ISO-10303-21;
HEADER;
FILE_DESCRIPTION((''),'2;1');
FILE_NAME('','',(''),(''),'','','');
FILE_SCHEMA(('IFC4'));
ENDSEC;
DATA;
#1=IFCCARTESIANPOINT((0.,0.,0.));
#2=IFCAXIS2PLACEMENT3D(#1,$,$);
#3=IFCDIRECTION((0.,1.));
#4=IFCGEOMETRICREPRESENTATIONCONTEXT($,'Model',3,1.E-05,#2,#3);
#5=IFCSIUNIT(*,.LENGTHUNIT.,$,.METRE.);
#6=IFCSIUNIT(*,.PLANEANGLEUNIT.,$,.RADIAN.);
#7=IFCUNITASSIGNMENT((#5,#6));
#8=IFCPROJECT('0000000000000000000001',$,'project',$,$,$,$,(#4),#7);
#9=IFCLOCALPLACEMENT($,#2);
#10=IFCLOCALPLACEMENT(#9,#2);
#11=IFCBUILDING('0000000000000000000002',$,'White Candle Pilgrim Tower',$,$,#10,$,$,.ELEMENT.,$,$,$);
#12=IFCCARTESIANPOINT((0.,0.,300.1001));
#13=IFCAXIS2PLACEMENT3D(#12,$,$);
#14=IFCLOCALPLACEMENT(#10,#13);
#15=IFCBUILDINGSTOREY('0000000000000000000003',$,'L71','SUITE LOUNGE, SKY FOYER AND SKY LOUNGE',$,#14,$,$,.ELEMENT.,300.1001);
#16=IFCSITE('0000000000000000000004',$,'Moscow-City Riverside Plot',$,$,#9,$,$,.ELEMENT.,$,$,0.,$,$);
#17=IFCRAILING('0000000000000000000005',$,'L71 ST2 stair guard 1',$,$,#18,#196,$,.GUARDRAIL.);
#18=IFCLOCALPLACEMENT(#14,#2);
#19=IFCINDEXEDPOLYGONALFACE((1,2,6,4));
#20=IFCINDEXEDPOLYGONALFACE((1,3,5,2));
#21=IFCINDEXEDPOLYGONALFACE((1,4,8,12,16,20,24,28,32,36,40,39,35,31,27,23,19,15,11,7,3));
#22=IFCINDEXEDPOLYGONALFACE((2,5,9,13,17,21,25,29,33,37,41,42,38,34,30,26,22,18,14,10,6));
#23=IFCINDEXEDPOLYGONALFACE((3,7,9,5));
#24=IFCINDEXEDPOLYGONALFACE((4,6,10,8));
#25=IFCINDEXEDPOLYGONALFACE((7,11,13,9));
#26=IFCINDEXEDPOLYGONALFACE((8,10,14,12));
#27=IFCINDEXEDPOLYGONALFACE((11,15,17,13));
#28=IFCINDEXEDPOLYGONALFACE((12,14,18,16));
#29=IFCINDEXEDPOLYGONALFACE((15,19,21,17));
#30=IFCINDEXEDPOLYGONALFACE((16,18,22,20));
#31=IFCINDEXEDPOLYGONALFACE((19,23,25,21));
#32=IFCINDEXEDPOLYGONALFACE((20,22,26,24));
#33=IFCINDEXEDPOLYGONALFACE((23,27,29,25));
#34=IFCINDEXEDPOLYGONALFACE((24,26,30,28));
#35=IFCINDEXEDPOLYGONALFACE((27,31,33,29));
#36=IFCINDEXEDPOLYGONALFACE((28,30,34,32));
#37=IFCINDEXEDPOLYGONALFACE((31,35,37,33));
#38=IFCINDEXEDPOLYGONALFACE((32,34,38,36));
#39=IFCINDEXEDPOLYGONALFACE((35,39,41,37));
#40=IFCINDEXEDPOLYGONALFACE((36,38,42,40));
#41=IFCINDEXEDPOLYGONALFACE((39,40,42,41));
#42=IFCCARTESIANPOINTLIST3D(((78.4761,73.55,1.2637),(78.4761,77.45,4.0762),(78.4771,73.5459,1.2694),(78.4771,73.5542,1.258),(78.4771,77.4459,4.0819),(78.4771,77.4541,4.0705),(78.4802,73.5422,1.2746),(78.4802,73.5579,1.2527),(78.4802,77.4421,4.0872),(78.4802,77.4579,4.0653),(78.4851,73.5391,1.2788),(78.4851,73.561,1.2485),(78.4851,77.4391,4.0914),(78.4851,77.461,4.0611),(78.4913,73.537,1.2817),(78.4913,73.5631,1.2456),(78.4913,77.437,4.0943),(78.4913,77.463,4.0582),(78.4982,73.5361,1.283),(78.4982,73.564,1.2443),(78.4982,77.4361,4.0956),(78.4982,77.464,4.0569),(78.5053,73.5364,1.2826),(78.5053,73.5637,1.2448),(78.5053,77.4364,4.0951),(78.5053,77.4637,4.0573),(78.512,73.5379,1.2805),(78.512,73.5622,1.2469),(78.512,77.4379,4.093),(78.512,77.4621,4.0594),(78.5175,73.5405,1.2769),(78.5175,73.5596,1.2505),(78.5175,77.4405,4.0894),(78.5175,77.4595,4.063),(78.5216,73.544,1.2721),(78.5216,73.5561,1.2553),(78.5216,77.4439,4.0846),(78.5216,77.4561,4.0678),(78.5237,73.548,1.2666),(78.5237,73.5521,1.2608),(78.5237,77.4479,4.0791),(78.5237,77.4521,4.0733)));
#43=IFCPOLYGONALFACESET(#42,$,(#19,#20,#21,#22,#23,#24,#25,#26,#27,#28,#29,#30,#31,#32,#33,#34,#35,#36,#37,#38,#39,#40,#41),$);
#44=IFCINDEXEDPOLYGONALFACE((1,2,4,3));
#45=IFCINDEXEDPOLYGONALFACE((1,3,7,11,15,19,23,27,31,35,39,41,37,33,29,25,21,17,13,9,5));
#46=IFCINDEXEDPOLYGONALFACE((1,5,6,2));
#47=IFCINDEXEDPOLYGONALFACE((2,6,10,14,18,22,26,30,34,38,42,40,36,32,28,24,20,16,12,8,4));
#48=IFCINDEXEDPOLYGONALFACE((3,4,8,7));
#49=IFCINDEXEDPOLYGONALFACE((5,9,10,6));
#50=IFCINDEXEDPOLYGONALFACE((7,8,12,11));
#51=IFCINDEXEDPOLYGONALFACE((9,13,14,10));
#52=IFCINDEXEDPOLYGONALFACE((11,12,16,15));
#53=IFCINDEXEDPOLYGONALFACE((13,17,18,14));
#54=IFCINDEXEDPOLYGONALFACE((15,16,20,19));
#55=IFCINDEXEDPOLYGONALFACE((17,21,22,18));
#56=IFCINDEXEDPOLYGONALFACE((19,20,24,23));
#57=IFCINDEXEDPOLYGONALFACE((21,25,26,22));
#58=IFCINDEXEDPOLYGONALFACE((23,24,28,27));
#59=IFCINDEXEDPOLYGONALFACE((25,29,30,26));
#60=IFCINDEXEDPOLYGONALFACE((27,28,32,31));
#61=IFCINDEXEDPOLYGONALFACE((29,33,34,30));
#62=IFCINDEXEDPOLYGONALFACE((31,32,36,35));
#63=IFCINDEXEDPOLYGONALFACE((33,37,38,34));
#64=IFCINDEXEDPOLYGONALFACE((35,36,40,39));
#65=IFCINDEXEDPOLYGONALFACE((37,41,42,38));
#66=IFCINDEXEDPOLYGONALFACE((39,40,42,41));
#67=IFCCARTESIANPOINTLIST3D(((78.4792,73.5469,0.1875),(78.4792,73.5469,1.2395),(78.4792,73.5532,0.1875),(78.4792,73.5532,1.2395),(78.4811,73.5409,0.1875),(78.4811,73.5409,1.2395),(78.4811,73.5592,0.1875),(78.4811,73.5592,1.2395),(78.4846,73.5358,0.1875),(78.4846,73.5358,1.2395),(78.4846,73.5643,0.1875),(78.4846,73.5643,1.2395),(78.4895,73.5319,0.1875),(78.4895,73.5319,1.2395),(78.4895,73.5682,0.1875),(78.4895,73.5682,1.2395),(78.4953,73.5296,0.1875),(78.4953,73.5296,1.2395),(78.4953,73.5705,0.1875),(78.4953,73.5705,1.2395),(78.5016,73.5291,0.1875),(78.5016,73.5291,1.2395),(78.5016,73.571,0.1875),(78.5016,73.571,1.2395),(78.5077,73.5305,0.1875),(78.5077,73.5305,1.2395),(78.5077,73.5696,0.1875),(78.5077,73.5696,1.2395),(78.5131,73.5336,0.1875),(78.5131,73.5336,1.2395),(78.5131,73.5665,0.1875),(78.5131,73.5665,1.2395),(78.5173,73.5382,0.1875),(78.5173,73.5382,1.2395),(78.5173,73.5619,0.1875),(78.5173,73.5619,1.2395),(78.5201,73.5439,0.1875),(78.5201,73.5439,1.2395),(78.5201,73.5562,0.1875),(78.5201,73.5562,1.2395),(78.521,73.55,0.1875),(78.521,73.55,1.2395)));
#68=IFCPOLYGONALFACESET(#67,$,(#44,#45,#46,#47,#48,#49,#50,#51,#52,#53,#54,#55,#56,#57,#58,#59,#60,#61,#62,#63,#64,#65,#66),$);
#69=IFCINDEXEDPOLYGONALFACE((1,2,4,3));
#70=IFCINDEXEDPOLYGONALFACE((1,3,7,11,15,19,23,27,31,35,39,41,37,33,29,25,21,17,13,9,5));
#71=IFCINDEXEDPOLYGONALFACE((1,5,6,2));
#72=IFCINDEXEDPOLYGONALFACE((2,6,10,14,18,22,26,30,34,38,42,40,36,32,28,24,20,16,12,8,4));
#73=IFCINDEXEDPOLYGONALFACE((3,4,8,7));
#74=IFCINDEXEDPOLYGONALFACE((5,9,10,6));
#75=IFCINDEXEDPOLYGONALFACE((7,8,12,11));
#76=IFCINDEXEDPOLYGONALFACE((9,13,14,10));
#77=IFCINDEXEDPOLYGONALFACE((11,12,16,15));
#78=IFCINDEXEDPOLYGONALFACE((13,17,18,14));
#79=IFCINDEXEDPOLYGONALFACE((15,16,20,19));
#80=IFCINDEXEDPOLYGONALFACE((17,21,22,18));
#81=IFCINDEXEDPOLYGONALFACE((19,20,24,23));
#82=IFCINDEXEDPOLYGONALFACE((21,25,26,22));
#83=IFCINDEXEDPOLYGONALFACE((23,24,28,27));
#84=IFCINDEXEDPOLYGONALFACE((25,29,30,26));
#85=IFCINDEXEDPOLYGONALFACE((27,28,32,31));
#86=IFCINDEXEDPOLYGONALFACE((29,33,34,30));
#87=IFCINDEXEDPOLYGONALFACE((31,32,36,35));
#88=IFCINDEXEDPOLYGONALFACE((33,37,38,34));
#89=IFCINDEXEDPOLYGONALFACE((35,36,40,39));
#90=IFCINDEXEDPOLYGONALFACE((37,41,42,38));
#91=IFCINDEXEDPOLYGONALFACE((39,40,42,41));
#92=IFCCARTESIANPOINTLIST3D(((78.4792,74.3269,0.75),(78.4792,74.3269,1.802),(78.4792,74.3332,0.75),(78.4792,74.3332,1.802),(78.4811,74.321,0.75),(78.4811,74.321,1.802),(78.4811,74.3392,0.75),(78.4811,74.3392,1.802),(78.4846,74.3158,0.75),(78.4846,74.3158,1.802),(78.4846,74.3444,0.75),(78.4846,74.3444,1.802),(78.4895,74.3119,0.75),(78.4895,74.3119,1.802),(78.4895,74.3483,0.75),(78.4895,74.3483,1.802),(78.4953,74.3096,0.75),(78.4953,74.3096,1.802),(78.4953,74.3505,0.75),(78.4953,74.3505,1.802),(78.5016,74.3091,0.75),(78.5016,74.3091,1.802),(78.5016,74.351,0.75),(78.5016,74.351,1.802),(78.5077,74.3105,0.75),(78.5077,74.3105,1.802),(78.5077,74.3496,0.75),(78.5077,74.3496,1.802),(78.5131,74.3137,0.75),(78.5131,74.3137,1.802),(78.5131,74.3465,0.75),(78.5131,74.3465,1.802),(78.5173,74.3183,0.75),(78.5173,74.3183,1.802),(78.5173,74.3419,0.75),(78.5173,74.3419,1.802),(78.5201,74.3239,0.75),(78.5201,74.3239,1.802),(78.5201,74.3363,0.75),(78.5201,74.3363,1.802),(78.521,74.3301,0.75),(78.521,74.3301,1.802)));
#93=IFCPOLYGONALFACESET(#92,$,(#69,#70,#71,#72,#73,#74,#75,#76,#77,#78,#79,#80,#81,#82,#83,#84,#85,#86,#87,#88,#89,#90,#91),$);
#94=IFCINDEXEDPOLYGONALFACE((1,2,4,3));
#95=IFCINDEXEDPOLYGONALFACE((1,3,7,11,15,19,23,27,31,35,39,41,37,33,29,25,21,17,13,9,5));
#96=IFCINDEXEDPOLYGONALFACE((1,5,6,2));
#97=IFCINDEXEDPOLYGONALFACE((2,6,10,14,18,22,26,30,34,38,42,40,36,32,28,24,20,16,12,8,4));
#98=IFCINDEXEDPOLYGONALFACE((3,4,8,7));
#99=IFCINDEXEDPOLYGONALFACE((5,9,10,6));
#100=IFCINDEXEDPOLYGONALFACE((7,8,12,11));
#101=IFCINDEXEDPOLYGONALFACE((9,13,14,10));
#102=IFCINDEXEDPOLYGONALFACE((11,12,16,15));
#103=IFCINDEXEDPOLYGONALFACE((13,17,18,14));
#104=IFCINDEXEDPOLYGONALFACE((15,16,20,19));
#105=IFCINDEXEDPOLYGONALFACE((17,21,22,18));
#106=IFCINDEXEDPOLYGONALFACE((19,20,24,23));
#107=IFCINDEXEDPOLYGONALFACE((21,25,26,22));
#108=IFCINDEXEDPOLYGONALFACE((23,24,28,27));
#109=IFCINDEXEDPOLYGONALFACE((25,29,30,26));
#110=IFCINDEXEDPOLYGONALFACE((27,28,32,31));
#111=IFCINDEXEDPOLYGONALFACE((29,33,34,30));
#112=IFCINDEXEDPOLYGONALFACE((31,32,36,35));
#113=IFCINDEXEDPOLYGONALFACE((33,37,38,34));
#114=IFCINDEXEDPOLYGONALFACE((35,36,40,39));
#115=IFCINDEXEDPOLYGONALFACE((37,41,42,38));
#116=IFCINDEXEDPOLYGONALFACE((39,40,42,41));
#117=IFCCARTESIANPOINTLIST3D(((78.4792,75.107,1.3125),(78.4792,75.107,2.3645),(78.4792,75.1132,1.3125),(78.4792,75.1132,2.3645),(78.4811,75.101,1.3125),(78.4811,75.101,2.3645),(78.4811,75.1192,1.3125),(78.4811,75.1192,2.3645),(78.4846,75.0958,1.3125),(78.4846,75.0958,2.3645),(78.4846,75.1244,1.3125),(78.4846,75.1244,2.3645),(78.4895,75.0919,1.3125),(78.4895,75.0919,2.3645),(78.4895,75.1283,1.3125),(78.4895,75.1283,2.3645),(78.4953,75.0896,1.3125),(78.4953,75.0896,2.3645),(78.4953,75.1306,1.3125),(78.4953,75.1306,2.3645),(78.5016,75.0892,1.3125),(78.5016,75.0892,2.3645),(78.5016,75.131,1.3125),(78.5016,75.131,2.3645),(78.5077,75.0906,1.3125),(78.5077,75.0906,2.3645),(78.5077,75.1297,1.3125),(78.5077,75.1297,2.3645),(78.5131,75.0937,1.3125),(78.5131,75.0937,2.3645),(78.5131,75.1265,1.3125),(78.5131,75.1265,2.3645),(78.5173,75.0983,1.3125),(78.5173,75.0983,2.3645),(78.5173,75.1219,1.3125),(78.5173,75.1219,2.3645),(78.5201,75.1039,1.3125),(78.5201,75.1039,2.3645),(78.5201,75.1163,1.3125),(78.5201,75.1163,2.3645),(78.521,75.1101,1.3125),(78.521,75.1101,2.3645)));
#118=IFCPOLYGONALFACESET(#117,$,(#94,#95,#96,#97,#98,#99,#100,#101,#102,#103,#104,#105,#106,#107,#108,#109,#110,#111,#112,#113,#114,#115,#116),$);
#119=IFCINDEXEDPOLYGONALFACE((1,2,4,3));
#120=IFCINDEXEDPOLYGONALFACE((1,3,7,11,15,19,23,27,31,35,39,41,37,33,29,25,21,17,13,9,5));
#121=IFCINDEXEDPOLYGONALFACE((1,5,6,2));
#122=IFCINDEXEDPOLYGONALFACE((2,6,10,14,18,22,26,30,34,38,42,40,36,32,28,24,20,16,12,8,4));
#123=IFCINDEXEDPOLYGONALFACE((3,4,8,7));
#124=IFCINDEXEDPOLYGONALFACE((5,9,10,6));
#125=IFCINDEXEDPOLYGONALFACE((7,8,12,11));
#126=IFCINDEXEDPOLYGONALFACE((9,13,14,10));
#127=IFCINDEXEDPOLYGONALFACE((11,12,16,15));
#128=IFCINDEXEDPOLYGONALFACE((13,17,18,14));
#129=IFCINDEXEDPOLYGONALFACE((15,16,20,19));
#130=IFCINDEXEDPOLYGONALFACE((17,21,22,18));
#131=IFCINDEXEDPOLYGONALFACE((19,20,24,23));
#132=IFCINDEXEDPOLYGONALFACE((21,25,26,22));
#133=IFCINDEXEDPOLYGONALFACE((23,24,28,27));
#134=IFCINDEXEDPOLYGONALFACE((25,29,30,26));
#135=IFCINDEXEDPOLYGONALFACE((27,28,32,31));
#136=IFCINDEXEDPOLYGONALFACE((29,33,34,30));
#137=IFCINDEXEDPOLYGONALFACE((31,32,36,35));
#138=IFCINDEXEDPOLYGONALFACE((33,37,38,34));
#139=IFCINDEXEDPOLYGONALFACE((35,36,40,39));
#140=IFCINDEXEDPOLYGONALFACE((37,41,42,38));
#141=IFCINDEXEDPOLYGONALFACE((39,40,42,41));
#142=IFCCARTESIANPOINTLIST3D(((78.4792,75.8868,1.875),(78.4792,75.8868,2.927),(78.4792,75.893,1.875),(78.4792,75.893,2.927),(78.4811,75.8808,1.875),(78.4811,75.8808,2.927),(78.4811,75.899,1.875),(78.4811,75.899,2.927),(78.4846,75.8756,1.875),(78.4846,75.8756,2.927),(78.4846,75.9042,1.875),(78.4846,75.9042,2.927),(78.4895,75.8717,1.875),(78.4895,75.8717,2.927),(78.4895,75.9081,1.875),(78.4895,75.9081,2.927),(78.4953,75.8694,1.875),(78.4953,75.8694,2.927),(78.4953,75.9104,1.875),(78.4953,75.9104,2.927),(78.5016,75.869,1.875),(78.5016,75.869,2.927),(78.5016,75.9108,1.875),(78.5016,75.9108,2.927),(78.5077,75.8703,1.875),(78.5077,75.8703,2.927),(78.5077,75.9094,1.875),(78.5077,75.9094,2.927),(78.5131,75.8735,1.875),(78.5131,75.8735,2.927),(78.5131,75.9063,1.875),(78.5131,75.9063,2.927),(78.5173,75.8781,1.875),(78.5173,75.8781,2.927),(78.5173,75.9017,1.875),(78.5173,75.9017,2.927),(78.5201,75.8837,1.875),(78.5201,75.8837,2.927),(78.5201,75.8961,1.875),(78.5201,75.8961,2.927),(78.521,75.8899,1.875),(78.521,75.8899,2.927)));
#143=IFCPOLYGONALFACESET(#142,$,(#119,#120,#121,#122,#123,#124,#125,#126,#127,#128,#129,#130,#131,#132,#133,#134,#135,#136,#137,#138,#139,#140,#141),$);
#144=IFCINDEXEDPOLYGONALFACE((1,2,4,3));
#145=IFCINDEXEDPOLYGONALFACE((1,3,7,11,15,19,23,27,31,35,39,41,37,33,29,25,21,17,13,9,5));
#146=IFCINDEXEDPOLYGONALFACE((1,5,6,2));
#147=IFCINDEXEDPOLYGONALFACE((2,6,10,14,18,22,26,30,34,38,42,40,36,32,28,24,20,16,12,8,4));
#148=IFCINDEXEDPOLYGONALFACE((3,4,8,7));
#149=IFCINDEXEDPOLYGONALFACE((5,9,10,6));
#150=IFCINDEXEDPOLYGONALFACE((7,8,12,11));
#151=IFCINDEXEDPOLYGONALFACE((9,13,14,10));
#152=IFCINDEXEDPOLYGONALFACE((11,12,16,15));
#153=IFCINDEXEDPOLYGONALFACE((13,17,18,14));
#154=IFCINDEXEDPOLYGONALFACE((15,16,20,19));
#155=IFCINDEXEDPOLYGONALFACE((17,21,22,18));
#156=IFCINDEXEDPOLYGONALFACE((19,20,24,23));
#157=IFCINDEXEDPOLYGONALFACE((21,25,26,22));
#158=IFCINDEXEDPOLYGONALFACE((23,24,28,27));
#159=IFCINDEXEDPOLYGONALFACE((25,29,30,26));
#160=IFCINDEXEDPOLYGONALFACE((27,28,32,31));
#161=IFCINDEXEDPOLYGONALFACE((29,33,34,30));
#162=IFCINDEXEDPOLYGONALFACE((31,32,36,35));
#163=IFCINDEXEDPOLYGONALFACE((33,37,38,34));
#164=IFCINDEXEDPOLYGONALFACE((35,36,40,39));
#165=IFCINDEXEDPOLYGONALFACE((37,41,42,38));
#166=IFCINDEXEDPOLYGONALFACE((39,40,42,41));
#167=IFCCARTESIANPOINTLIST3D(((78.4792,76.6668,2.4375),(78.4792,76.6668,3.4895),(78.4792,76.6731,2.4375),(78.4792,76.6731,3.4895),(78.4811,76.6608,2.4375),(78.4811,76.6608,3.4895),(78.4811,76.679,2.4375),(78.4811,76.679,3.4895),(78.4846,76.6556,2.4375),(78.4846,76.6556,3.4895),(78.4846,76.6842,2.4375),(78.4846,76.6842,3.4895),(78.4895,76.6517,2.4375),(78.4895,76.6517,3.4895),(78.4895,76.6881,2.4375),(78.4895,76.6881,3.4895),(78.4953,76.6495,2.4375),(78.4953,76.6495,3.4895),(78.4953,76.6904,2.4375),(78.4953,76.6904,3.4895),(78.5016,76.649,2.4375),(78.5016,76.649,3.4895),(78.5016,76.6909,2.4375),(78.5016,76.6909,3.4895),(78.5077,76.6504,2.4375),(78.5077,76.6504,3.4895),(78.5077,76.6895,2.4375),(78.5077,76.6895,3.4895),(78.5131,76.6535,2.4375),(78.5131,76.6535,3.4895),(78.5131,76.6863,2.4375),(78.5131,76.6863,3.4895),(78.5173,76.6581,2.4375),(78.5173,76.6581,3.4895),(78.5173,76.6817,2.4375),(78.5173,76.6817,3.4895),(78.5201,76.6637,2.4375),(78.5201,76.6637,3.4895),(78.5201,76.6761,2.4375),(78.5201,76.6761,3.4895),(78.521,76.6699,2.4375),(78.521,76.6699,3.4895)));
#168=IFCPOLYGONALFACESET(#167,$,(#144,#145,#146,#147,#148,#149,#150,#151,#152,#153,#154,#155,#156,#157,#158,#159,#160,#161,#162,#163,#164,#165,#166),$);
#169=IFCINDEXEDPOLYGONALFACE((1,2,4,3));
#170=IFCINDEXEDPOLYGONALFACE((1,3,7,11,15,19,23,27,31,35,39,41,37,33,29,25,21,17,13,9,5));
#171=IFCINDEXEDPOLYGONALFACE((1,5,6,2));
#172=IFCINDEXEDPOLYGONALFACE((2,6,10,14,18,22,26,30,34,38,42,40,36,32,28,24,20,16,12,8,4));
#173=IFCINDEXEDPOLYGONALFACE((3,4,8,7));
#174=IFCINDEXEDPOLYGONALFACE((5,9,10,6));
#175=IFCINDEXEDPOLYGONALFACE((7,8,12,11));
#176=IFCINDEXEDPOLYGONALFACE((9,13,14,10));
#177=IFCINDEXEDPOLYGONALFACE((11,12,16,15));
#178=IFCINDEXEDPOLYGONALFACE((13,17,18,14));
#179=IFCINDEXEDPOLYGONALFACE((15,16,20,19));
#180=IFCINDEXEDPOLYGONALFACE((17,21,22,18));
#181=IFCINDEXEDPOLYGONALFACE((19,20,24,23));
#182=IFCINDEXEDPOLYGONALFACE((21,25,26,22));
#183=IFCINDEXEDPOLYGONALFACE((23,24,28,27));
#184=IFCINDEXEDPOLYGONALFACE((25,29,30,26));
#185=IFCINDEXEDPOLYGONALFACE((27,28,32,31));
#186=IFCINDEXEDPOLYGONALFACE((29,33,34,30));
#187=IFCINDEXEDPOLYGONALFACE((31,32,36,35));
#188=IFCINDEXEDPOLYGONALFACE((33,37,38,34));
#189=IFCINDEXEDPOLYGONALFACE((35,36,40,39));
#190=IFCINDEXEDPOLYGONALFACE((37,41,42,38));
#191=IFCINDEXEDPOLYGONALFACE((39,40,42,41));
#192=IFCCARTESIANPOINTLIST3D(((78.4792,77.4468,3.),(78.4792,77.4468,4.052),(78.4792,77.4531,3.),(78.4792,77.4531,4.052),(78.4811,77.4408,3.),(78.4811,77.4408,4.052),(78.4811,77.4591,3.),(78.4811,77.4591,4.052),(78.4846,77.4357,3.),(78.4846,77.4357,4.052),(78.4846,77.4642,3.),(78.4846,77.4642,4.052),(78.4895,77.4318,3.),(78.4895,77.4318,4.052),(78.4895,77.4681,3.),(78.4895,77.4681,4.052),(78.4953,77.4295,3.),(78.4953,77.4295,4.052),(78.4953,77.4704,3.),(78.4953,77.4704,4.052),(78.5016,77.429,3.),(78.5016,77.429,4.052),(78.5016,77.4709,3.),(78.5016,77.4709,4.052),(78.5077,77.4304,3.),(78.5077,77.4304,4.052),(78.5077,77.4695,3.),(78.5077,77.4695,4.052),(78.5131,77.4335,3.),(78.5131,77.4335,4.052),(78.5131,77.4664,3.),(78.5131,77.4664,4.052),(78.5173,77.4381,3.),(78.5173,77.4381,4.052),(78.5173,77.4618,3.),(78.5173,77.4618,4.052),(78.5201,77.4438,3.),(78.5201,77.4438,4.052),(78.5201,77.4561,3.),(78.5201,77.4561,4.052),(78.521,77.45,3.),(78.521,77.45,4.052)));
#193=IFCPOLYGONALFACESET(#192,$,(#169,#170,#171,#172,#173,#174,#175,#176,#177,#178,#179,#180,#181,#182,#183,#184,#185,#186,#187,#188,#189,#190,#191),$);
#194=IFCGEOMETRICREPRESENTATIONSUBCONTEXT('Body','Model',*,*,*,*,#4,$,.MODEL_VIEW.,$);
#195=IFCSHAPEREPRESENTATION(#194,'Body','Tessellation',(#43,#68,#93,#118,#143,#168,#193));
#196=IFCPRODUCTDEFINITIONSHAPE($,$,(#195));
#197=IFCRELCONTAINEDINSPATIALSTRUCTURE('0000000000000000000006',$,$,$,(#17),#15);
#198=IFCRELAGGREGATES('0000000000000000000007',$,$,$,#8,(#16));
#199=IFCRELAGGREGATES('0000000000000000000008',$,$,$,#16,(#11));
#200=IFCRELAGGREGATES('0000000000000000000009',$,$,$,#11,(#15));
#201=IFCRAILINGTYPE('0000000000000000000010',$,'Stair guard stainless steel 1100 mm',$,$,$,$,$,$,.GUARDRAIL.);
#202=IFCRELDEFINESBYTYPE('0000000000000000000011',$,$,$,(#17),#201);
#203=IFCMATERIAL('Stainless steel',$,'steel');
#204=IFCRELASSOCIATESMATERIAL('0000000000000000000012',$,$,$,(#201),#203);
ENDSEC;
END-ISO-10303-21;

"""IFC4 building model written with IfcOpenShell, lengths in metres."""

from ifc_helpers import new_model, si_unit, direction, frame, origin, origin_2d, place, context, subcontext, project, spatial, circle, extrude, material, type_object, element, save


model = new_model("IFC4")

# Units and contexts
model_context = context("Model", 3, precision=1e-05, world=origin(), true_north=direction((0.0, 1.0)))
body_context = subcontext(model_context, "Body", "Model", "MODEL_VIEW")
ifc_project = project(units=[si_unit("LENGTHUNIT", "METRE"), si_unit("PLANEANGLEUNIT", "RADIAN")], contexts=[model_context])

# Site, building, storey
site_placement = place(None, origin())
site = spatial("IfcSite", under=ifc_project, at=site_placement, Name="Moscow-City Riverside Plot", CompositionType="ELEMENT", RefElevation=0.0)
building_placement = place(site_placement, origin())
building = spatial("IfcBuilding", under=site, at=building_placement, Name="White Candle Pilgrim Tower", CompositionType="ELEMENT")
storey_placement = place(building_placement, frame((0.0, 0.0, 300.1001)))
storey = spatial("IfcBuildingStorey", under=building, at=storey_placement, Name="L71", Description="SUITE LOUNGE, SKY FOYER AND SKY LOUNGE", CompositionType="ELEMENT", Elevation=300.1001)

# Railing
ifc_material_1 = material(Name="Stainless steel", Category="steel")
railing_type_1 = type_object("IfcRailingType", Name="Stair guard stainless steel 1100 mm", PredefinedType="GUARDRAIL", material=ifc_material_1)
railing_1_placement = place(storey_placement, frame((78.5, 73.55, 0.1875)))
element("IfcRailing", 1, at=railing_1_placement, inside=storey, type_object=railing_type_1, Name="L71 ST2 stair guard 1", PredefinedType="GUARDRAIL", context=body_context, shape_type="SweptSolid", body=[
    extrude(circle(Radius=0.0239, at=origin_2d()), frame((0.0, 0.0, 1.0762), z_axis=(0.0, 0.811083, 0.584931), x_axis=(-1.0, 0.0, 0.0)), (0.0, 0.0, 1.0), 4.8083),
    extrude(circle(Radius=0.021, at=origin_2d()), origin(), (0.0, 0.0, 1.0), 1.052),
    extrude(circle(Radius=0.021, at=origin_2d()), frame((0.0, 0.78, 0.5625)), (0.0, 0.0, 1.0), 1.052),
    extrude(circle(Radius=0.021, at=origin_2d()), frame((0.0, 1.5601, 1.125)), (0.0, 0.0, 1.0), 1.052),
    extrude(circle(Radius=0.021, at=origin_2d()), frame((0.0, 2.3398, 1.6875)), (0.0, 0.0, 1.0), 1.052),
    extrude(circle(Radius=0.021, at=origin_2d()), frame((0.0, 3.1199, 2.25)), (0.0, 0.0, 1.0), 1.052),
    extrude(circle(Radius=0.021, at=origin_2d()), frame((0.0, 3.8999, 2.8125)), (0.0, 0.0, 1.0), 1.052),
])

save(model, "model.ifc")
